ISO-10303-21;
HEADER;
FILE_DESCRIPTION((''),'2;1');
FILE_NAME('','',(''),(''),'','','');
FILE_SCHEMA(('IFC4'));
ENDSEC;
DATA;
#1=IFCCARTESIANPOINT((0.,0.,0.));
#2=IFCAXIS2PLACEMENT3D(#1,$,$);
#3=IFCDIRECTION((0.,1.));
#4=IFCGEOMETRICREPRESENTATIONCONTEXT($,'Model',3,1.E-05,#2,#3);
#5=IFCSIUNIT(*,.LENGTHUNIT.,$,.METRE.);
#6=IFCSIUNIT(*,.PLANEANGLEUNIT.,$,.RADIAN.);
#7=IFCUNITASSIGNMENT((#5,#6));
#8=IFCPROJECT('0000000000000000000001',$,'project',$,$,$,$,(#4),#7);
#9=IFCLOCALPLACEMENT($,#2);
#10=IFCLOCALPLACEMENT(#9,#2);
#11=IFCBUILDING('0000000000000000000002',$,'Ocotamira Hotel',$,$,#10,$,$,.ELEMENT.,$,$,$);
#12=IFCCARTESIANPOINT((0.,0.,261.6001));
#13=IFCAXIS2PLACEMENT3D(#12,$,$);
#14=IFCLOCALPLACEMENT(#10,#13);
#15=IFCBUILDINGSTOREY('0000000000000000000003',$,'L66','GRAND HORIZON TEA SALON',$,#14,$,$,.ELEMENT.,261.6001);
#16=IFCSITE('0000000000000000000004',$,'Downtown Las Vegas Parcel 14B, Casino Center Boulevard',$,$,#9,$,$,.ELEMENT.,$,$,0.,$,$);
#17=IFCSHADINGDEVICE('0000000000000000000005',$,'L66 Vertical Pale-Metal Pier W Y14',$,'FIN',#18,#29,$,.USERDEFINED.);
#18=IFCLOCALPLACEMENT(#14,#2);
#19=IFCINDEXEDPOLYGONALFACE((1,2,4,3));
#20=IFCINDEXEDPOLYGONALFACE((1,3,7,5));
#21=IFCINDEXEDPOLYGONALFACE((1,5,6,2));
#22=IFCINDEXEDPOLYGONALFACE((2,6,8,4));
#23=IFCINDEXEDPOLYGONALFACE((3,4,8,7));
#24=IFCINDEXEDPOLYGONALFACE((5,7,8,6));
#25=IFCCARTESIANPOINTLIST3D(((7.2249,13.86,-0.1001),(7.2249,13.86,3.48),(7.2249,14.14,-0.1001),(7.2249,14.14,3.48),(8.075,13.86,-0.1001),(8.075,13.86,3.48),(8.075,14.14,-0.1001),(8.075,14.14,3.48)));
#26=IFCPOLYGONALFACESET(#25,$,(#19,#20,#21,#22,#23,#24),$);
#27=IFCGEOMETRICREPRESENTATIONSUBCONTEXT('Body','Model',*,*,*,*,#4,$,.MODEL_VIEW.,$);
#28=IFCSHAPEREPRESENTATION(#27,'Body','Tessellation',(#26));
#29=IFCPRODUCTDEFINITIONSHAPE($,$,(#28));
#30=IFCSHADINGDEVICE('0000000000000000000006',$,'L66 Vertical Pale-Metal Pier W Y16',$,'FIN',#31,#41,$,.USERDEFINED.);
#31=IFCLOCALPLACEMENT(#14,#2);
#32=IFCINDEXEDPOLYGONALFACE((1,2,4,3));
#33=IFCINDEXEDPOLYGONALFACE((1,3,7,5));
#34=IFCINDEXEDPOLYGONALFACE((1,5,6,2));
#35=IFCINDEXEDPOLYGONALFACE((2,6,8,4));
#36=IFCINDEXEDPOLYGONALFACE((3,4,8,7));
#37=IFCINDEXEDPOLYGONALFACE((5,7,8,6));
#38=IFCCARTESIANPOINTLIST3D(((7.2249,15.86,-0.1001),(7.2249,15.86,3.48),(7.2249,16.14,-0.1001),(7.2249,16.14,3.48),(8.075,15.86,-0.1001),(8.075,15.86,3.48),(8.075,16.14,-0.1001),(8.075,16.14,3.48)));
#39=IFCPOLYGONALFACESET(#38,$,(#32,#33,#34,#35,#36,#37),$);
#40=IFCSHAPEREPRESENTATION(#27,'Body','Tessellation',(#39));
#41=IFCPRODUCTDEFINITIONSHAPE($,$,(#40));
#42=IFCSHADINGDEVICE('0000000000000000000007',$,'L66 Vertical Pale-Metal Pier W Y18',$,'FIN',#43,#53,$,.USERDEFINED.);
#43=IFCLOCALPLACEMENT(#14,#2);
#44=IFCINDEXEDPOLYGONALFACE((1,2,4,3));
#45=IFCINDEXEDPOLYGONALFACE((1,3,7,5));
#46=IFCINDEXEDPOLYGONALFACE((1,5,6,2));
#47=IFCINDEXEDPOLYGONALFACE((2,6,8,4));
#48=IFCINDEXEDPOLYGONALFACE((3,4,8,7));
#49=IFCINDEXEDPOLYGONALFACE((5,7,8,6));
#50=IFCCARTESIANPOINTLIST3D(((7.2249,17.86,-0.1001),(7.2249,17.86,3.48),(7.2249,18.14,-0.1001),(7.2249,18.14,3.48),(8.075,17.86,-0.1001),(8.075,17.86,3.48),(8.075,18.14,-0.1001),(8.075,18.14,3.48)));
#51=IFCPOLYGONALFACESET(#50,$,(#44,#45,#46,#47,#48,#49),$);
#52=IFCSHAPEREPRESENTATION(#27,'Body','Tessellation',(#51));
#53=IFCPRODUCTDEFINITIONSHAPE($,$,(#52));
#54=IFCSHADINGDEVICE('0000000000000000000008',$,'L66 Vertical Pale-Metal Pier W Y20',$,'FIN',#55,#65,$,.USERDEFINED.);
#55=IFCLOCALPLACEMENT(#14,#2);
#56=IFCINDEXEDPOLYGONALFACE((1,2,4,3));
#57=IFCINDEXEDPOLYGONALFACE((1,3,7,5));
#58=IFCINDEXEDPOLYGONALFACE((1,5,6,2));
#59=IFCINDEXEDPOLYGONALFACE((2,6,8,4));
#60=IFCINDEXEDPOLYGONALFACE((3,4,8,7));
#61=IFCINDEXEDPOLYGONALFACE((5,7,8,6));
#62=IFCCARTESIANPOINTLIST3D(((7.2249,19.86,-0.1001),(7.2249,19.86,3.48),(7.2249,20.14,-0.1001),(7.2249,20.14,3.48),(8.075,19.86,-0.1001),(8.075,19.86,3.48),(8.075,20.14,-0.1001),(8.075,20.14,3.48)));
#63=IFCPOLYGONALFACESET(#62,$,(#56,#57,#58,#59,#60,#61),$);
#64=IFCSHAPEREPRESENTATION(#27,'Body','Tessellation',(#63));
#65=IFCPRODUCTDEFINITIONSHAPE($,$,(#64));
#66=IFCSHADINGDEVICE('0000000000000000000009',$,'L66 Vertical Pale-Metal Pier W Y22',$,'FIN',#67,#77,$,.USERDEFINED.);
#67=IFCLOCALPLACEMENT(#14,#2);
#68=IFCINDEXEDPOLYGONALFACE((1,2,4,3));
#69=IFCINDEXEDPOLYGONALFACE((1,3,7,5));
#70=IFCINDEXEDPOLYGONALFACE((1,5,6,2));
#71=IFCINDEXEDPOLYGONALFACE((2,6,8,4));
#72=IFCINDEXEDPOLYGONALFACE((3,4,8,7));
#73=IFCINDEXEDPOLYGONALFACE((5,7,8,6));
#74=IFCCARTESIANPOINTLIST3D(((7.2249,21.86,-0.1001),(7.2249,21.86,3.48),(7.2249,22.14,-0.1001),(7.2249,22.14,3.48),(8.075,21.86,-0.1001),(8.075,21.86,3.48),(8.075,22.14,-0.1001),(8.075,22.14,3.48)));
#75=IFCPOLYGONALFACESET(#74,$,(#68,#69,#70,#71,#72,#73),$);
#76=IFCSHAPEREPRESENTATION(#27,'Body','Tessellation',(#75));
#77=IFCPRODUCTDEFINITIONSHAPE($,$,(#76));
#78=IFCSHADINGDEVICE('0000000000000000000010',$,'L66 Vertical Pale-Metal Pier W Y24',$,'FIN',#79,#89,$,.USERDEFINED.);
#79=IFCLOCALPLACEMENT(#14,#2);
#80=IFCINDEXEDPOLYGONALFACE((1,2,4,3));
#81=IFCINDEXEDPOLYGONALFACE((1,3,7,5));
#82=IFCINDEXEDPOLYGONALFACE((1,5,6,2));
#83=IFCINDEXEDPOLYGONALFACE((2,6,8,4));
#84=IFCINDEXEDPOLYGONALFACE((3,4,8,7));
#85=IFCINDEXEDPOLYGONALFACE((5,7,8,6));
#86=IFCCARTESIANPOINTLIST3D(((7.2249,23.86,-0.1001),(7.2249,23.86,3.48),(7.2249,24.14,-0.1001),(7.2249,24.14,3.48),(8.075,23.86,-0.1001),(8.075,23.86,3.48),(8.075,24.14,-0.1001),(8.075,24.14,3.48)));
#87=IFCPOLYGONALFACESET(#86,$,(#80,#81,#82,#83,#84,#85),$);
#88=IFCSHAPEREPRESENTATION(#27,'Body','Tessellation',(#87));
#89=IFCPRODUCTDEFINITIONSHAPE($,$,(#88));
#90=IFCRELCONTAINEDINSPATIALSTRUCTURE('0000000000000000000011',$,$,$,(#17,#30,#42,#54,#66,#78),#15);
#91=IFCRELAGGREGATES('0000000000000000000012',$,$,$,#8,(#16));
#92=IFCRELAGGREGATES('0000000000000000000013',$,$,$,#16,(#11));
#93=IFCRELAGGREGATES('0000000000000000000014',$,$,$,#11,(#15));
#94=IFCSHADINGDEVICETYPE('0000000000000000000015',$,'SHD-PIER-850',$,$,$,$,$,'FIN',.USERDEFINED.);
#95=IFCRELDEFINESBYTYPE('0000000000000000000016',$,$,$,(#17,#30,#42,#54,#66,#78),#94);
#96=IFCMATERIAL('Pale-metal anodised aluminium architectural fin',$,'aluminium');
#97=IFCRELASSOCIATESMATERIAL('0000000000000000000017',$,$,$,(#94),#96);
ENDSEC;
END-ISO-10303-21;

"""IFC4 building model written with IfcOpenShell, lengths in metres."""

from ifc_helpers import new_model, si_unit, direction, frame, origin, origin_2d, place, context, subcontext, project, spatial, rectangle, extrude, source, transform, mapped, material, type_object, element, save


model = new_model("IFC4")

# Units and contexts
model_context = context("Model", 3, precision=1e-05, world=origin(), true_north=direction((0.0, 1.0)))
body_context = subcontext(model_context, "Body", "Model", "MODEL_VIEW")
ifc_project = project(units=[si_unit("LENGTHUNIT", "METRE"), si_unit("PLANEANGLEUNIT", "RADIAN")], contexts=[model_context])

# Site, building, storey
site_placement = place(None, origin())
site = spatial("IfcSite", under=ifc_project, at=site_placement, Name="Downtown Las Vegas Parcel 14B, Casino Center Boulevard", CompositionType="ELEMENT", RefElevation=0.0)
building_placement = place(site_placement, origin())
building = spatial("IfcBuilding", under=site, at=building_placement, Name="Ocotamira Hotel", CompositionType="ELEMENT")
storey_placement = place(building_placement, frame((0.0, 0.0, 261.6001)))
storey = spatial("IfcBuildingStorey", under=building, at=storey_placement, Name="L66", Description="GRAND HORIZON TEA SALON", CompositionType="ELEMENT", Elevation=261.6001)

# Shading devices
ifc_material_1 = material(Name="Pale-metal anodised aluminium architectural fin", Category="aluminium")
shading_device_type = type_object("IfcShadingDeviceType", Name="SHD-PIER-850", ElementType="FIN", PredefinedType="USERDEFINED", material=ifc_material_1)
shared_shape_1 = source(origin(), body_context, "Body", "SweptSolid", [
    extrude(rectangle(XDim=0.8501, YDim=0.28, at=origin_2d()), origin(), (0.0, 0.0, 1.0), 3.5801),
])
for number, where, z_axis, x_axis, name in (
    (1, (7.6499, 14.0, -0.1001), (0.0, 0.0, 1.0), (1.0, 0.0, 0.0), "L66 Vertical Pale-Metal Pier W Y14"),
    (2, (7.6499, 16.0, -0.1001), (0.0, 0.0, 1.0), (1.0, 0.0, 0.0), "L66 Vertical Pale-Metal Pier W Y16"),
    (3, (7.6499, 18.0, -0.1001), (0.0, 0.0, 1.0), (1.0, 0.0, 0.0), "L66 Vertical Pale-Metal Pier W Y18"),
    (4, (7.6499, 20.0, -0.1001), (0.0, 0.0, 1.0), (1.0, 0.0, 0.0), "L66 Vertical Pale-Metal Pier W Y20"),
    (5, (7.6499, 22.0, -0.1001), (0.0, 0.0, 1.0), (1.0, 0.0, 0.0), "L66 Vertical Pale-Metal Pier W Y22"),
    (6, (7.6499, 24.0, -0.1001), (0.0, 0.0, 1.0), (1.0, 0.0, 0.0), "L66 Vertical Pale-Metal Pier W Y24"),
):
    element("IfcShadingDevice", number, at=place(storey_placement, frame(where, z_axis=z_axis, x_axis=x_axis)), inside=storey, type_object=shading_device_type, Name=name, ObjectType="FIN", PredefinedType="USERDEFINED", context=body_context, shape_type="MappedRepresentation", body=[
        mapped(shared_shape_1, transform((0.0, 0.0, 0.0), scale=1.0)),
    ])

save(model, "model.ifc")
